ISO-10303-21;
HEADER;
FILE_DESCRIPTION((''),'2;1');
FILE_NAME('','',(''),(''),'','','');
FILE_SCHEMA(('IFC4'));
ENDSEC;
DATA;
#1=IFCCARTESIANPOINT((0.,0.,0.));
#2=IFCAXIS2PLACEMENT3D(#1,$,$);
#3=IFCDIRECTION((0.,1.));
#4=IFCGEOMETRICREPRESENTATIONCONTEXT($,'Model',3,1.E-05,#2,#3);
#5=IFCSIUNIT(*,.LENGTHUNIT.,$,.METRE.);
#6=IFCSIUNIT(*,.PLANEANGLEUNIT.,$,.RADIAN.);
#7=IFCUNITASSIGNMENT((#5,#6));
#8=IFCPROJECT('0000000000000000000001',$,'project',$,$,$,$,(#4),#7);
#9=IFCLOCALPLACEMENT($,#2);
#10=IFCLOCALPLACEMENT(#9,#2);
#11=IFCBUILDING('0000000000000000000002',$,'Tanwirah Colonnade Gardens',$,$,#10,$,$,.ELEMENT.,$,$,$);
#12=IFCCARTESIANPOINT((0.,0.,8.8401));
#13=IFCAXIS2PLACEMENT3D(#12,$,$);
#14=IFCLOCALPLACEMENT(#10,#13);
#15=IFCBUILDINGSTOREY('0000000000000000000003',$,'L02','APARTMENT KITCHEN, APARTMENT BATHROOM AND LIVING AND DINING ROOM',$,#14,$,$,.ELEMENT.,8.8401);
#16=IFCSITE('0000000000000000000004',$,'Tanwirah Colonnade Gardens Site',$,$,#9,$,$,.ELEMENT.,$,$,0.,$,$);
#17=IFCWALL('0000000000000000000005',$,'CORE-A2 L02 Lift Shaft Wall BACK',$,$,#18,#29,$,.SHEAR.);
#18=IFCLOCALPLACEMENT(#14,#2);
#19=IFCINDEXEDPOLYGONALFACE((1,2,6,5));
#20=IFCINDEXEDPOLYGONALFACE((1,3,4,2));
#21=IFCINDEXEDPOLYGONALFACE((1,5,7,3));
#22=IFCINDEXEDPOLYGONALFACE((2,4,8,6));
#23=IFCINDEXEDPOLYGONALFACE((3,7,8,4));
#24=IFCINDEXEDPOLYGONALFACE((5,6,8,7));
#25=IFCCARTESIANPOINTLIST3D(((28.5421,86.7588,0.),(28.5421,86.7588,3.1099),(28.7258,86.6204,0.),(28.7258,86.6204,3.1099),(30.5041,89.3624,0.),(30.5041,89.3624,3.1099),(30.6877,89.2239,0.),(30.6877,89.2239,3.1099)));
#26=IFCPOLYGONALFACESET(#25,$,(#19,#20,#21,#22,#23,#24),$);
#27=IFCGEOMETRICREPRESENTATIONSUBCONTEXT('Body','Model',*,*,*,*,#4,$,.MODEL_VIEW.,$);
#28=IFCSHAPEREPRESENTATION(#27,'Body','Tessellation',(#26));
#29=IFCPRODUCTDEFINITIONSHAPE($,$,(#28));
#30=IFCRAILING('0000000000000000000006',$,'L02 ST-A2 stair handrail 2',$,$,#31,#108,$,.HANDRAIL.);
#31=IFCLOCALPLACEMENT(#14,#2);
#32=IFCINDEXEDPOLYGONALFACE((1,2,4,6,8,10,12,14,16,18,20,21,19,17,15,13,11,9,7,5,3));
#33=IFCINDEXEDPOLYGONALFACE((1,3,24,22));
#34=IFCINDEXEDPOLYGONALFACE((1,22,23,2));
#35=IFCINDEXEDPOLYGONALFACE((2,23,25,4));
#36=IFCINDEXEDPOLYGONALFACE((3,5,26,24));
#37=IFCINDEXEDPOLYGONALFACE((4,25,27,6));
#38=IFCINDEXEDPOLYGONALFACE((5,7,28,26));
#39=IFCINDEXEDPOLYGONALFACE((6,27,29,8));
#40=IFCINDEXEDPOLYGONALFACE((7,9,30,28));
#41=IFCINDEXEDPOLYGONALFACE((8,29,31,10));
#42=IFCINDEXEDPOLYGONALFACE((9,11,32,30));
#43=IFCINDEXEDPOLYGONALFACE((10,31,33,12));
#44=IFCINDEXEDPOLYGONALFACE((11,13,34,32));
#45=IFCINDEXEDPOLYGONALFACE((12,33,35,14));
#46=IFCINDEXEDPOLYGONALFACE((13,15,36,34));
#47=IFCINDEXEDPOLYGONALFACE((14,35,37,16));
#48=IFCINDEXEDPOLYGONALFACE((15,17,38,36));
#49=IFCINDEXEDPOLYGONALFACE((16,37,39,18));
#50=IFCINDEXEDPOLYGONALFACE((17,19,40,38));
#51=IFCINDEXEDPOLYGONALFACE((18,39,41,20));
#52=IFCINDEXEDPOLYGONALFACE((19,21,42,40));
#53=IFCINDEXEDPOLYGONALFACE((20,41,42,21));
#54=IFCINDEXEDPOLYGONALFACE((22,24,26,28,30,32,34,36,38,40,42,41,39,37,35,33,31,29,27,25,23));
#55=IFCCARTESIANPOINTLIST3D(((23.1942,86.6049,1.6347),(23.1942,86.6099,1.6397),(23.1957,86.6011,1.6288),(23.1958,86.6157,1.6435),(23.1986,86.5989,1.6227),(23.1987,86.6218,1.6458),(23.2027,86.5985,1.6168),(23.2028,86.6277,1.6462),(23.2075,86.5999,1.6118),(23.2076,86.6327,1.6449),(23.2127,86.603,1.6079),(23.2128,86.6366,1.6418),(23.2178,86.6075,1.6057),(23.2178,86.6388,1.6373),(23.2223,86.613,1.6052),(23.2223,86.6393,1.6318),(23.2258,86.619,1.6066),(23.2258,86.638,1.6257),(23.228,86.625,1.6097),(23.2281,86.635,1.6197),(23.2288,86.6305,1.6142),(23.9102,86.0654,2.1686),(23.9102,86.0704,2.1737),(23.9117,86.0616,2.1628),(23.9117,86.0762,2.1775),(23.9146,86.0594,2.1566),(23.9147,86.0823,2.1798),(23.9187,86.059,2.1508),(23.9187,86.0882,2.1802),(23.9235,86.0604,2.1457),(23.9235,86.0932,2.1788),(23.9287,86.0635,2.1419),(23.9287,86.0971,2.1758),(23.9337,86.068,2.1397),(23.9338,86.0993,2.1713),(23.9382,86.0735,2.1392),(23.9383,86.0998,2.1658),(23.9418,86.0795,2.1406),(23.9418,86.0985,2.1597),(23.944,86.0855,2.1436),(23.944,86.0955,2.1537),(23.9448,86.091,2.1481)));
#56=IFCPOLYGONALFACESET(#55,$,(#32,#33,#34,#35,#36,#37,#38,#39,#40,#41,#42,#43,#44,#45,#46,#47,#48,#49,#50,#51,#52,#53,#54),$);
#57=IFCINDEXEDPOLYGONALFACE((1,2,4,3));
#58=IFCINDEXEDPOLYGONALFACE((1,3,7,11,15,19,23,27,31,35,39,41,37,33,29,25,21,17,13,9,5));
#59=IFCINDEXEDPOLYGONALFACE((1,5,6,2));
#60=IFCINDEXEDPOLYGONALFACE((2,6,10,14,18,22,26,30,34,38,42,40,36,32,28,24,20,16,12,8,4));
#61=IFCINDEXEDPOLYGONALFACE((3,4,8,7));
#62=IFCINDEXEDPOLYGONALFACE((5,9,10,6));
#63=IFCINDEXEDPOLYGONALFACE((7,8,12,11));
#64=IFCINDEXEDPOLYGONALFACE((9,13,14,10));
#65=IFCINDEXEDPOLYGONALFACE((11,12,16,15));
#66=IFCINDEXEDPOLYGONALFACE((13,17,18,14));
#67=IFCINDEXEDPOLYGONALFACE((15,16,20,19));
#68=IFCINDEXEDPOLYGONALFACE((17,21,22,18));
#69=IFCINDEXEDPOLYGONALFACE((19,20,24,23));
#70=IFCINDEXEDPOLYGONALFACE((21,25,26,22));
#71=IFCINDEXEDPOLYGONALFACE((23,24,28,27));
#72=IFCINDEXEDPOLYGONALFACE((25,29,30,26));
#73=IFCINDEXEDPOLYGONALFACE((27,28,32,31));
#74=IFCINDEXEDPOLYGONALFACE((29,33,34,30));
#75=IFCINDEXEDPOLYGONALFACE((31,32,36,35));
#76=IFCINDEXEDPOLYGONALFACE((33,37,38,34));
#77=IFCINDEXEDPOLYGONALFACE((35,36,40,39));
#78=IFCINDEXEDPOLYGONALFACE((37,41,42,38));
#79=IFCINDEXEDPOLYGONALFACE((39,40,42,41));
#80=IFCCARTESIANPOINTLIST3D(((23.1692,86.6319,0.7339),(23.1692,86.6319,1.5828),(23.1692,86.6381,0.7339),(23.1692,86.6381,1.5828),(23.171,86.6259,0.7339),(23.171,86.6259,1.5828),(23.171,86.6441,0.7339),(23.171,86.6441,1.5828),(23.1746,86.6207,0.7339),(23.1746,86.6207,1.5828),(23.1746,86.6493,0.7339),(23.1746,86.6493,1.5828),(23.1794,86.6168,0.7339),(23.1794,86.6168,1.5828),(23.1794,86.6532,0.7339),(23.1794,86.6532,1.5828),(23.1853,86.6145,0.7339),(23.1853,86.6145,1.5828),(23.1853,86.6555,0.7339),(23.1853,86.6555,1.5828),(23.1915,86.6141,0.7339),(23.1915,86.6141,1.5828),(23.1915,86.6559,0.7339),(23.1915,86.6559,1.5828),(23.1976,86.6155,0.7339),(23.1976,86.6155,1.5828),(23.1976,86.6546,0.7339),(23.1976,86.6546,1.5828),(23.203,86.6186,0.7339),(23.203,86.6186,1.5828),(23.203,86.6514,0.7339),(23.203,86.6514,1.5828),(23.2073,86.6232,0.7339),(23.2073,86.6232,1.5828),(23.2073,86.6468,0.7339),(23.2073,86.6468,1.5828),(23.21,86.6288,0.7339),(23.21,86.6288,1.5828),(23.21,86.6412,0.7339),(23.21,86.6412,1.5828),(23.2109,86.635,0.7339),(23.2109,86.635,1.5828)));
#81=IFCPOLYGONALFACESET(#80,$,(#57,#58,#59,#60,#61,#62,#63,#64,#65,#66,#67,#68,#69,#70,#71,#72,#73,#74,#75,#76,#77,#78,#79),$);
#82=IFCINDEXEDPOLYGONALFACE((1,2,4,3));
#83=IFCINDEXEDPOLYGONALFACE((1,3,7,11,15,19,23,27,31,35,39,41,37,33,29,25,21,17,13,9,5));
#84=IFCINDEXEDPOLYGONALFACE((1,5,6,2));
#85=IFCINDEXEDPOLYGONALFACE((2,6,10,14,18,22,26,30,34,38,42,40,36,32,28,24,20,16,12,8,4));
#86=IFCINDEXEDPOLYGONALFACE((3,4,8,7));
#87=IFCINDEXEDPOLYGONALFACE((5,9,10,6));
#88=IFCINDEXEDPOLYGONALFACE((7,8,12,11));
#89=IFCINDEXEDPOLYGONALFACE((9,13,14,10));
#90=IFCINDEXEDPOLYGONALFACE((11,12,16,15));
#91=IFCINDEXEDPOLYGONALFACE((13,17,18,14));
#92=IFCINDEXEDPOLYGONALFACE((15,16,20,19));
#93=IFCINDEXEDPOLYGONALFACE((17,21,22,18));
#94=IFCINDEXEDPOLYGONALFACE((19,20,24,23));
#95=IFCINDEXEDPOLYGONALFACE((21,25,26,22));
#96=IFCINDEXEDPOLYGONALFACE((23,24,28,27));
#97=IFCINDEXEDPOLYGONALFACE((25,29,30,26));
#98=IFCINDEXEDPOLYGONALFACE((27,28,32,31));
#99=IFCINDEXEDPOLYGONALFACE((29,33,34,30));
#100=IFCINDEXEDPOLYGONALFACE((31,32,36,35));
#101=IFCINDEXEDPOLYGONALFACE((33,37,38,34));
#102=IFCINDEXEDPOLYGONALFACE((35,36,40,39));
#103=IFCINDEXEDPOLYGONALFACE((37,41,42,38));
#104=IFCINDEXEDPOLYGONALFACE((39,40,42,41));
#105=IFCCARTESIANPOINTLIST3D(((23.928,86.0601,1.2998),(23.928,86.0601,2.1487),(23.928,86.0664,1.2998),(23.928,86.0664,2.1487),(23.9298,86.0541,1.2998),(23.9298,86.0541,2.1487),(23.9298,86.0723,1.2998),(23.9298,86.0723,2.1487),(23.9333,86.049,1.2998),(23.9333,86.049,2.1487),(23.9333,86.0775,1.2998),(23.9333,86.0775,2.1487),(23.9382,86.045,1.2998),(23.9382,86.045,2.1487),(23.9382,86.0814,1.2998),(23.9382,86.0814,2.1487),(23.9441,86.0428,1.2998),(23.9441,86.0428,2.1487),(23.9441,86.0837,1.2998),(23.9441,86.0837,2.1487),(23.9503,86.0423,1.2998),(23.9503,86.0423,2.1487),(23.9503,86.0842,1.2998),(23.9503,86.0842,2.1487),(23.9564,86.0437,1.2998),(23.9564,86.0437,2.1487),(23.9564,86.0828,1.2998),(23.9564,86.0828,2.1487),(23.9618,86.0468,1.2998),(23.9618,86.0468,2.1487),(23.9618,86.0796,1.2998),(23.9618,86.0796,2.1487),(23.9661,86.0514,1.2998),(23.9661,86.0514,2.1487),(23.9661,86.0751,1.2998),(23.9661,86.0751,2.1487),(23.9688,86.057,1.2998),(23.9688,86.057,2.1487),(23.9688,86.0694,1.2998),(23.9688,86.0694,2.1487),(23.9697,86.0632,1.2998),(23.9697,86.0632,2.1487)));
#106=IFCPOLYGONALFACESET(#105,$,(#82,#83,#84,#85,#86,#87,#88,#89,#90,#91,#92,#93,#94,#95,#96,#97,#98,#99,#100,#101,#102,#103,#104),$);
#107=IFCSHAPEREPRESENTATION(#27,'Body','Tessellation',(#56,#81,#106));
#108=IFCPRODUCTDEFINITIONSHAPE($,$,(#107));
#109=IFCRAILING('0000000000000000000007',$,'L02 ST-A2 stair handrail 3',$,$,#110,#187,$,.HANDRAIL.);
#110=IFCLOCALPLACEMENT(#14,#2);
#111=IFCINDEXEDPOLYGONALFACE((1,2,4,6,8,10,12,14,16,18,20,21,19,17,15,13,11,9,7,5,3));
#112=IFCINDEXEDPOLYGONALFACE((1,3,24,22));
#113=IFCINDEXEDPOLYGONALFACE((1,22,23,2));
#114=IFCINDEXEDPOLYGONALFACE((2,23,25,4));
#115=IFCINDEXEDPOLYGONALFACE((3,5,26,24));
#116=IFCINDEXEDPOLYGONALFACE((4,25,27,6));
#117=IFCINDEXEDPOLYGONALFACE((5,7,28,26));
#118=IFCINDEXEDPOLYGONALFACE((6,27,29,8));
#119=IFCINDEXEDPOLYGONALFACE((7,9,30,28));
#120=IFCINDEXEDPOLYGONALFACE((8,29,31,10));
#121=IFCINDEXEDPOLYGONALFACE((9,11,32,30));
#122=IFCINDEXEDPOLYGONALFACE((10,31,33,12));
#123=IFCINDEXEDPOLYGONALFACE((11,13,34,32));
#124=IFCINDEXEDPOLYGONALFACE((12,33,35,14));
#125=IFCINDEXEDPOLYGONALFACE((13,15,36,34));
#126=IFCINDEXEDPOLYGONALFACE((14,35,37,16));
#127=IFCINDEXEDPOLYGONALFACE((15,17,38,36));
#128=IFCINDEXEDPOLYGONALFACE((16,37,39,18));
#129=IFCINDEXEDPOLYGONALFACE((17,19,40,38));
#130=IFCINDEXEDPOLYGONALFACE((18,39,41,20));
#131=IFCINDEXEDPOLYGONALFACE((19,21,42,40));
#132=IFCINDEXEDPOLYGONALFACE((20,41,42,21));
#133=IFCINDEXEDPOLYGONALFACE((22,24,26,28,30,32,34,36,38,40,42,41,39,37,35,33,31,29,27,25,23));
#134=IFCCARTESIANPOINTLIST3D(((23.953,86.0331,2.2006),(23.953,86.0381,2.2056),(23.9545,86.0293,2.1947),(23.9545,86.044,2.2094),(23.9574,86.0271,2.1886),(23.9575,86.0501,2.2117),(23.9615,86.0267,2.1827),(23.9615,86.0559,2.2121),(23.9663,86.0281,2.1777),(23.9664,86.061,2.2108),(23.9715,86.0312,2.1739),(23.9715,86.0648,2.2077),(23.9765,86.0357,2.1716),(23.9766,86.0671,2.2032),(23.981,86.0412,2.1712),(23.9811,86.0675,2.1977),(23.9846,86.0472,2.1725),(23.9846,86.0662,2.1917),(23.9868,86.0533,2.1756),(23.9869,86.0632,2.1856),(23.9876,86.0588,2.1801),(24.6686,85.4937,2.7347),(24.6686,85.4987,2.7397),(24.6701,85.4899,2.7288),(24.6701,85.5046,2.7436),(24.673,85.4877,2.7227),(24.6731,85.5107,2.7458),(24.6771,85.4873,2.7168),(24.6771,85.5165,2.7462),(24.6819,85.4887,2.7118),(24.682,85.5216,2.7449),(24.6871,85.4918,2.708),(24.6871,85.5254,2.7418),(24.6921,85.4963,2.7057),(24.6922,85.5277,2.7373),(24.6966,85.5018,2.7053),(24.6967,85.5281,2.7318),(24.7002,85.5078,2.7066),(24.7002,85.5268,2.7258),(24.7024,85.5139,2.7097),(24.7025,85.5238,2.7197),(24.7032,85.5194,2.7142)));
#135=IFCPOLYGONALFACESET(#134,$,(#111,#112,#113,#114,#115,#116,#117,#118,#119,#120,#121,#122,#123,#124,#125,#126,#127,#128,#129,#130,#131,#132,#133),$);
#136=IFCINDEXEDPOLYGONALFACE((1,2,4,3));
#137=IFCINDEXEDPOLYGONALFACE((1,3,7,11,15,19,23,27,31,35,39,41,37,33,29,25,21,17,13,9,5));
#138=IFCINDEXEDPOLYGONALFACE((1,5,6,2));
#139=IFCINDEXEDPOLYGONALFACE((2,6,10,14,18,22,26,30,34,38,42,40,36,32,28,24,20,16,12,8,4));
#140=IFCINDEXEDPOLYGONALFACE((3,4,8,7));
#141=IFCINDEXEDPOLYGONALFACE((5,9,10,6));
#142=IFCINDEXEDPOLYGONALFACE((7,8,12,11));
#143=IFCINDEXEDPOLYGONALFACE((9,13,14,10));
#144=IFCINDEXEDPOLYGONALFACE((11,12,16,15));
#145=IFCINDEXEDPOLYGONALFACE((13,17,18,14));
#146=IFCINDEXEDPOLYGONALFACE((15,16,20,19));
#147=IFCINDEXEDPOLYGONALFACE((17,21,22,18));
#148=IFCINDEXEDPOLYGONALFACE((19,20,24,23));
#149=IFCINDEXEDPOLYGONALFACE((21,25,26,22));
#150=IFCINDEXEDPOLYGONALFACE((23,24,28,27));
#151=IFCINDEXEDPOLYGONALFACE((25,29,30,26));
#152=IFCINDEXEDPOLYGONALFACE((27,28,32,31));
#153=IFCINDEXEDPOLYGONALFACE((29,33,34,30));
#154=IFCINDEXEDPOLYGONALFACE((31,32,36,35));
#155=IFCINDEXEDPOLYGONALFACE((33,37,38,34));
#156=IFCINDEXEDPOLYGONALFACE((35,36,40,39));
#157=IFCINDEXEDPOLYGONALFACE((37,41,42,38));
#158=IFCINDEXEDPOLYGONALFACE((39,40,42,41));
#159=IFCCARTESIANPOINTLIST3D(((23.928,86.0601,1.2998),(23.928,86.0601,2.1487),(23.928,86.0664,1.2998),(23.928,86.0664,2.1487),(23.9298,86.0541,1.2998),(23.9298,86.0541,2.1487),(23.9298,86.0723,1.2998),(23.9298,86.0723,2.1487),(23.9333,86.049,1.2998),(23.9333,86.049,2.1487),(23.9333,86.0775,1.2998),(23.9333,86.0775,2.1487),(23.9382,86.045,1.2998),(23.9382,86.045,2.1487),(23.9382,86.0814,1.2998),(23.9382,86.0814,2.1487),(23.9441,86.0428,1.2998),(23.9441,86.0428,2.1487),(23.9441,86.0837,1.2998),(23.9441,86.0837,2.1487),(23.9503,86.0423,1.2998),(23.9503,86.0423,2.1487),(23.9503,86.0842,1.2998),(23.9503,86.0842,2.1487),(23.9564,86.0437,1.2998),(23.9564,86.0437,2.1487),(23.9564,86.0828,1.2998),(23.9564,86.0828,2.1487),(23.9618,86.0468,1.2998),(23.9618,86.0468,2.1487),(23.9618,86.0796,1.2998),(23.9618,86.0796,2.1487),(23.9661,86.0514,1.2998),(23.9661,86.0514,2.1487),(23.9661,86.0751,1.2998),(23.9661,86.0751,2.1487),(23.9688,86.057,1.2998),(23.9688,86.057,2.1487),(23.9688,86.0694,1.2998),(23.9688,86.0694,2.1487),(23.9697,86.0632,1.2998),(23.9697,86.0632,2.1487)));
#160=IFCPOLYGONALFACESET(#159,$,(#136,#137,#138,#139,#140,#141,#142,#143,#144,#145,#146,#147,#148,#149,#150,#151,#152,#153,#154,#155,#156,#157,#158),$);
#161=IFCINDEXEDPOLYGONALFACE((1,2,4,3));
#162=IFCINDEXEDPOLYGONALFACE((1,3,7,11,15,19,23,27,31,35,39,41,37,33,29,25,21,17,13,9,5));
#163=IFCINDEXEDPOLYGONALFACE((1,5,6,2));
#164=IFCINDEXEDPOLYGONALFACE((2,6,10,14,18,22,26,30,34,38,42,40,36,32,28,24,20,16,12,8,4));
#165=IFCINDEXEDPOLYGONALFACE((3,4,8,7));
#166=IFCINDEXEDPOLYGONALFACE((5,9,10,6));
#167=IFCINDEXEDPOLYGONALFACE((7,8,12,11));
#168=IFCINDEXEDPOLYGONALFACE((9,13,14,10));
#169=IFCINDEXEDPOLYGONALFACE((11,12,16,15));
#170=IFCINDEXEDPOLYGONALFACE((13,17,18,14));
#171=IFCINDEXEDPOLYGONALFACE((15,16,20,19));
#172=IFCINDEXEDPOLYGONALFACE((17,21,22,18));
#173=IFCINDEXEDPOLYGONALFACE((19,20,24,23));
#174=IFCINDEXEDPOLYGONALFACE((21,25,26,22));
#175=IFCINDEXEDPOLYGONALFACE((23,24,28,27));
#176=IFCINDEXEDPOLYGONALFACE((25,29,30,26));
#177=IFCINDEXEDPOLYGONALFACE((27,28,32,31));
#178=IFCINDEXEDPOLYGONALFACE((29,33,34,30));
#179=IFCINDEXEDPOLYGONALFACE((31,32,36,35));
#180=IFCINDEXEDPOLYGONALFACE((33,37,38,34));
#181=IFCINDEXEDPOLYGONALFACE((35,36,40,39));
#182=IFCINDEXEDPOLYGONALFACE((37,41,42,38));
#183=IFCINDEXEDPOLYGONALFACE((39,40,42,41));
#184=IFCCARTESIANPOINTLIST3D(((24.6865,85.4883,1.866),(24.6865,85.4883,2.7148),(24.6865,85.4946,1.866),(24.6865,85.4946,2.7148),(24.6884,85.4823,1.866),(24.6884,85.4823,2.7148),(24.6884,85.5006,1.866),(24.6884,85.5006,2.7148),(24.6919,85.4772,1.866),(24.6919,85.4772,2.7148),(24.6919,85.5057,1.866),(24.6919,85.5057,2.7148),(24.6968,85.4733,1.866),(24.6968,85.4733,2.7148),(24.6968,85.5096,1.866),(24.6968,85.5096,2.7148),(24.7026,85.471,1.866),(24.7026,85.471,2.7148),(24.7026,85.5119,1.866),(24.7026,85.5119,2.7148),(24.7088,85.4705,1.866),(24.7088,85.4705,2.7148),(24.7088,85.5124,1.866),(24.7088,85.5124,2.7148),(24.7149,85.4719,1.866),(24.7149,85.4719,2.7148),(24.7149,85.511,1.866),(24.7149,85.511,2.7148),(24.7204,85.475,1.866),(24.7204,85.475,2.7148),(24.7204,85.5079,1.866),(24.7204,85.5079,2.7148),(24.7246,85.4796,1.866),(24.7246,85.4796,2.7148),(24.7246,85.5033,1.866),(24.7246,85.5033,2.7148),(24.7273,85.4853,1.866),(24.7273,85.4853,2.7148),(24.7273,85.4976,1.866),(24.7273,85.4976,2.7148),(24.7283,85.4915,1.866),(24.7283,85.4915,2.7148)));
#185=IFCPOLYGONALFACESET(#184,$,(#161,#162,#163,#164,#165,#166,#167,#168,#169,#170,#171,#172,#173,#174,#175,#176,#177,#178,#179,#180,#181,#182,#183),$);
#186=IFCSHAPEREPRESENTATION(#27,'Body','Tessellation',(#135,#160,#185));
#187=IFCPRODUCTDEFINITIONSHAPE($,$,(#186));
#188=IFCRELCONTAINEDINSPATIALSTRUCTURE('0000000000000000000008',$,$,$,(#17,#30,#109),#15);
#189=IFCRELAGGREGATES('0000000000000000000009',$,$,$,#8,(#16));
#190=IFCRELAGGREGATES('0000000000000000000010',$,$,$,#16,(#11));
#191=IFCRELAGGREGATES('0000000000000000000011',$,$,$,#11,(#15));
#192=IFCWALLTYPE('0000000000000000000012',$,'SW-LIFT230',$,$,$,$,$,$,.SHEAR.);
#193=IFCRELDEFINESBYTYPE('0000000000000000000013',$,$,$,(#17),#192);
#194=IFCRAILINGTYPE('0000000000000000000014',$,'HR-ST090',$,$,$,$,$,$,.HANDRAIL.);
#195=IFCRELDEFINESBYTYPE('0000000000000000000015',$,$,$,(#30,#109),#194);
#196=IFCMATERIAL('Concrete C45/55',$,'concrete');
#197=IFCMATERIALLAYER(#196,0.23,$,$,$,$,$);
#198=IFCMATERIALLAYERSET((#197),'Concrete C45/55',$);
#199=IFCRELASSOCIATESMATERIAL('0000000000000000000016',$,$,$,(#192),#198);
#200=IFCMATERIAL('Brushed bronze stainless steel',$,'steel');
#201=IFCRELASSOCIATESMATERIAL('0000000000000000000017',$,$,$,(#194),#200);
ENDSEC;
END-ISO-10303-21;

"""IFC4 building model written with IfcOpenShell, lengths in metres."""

from ifc_helpers import new_model, si_unit, direction, frame, frame_2d, origin, origin_2d, place, context, subcontext, project, spatial, rectangle, circle, extrude, material, layer, layer_set, type_object, element, save


model = new_model("IFC4")

# Units and contexts
model_context = context("Model", 3, precision=1e-05, world=origin(), true_north=direction((0.0, 1.0)))
body_context = subcontext(model_context, "Body", "Model", "MODEL_VIEW")
ifc_project = project(units=[si_unit("LENGTHUNIT", "METRE"), si_unit("PLANEANGLEUNIT", "RADIAN")], contexts=[model_context])

# Site, building, storey
site_placement = place(None, origin())
site = spatial("IfcSite", under=ifc_project, at=site_placement, Name="Tanwirah Colonnade Gardens Site", CompositionType="ELEMENT", RefElevation=0.0)
building_placement = place(site_placement, origin())
building = spatial("IfcBuilding", under=site, at=building_placement, Name="Tanwirah Colonnade Gardens", CompositionType="ELEMENT")
storey_placement = place(building_placement, frame((0.0, 0.0, 8.8401)))
storey = spatial("IfcBuildingStorey", under=building, at=storey_placement, Name="L02", Description="APARTMENT KITCHEN, APARTMENT BATHROOM AND LIVING AND DINING ROOM", CompositionType="ELEMENT", Elevation=8.8401)

# Wall
ifc_material_1 = material(Name="Concrete C45/55", Category="concrete")
ifc_layer_1 = layer(ifc_material_1, 0.23)
ifc_layer_set_1 = layer_set([ifc_layer_1], Name="Concrete C45/55")
wall_type_1 = type_object("IfcWallType", Name="SW-LIFT230", PredefinedType="SHEAR", material=ifc_layer_set_1)
wall_1_placement = place(storey_placement, frame((28.634, 86.6897, 0.0), z_axis=(0.0, 0.0, 1.0), x_axis=(0.60182, 0.798632, 0.0)))
element("IfcWall", 1, at=wall_1_placement, inside=storey, type_object=wall_type_1, Name="CORE-A2 L02 Lift Shaft Wall BACK", PredefinedType="SHEAR", context=body_context, shape_type="SweptSolid", body=[
    extrude(rectangle(XDim=3.26, YDim=0.23, at=frame_2d((1.6299, 0.0))), origin(), (0.0, 0.0, 1.0), 3.1099),
])

# Railings
ifc_material_2 = material(Name="Brushed bronze stainless steel", Category="steel")
railing_type_1 = type_object("IfcRailingType", Name="HR-ST090", PredefinedType="HANDRAIL", material=ifc_material_2)
railing_1_placement = place(storey_placement, frame((23.1899, 86.635, 0.7339)))
element("IfcRailing", 2, at=railing_1_placement, inside=storey, type_object=railing_type_1, Name="L02 ST-A2 stair handrail 2", PredefinedType="HANDRAIL", context=body_context, shape_type="SweptSolid", body=[
    extrude(circle(Radius=0.0239, at=origin_2d()), frame((0.0215, -0.0161, 0.8918), z_axis=(0.686145, -0.517037, 0.511739), x_axis=(0.601807, 0.798641, 0.0)), (0.0, 0.0, 1.0), 1.0435),
    extrude(circle(Radius=0.021, at=origin_2d()), origin(), (0.0, 0.0, 1.0), 0.8489),
    extrude(circle(Radius=0.021, at=origin_2d()), frame((0.7588, -0.5718, 0.5659)), (0.0, 0.0, 1.0), 0.8489),
])
railing_2_placement = place(storey_placement, frame((23.9487, 86.0632, 1.2998)))
element("IfcRailing", 3, at=railing_2_placement, inside=storey, type_object=railing_type_1, Name="L02 ST-A2 stair handrail 3", PredefinedType="HANDRAIL", context=body_context, shape_type="SweptSolid", body=[
    extrude(circle(Radius=0.0239, at=origin_2d()), frame((0.0215, -0.0161, 0.8918), z_axis=(0.685951, -0.517057, 0.511979), x_axis=(0.601931, 0.798548, 0.0)), (0.0, 0.0, 1.0), 1.0432),
    extrude(circle(Radius=0.021, at=origin_2d()), origin(), (0.0, 0.0, 1.0), 0.8489),
    extrude(circle(Radius=0.021, at=origin_2d()), frame((0.7585, -0.5718, 0.5662)), (0.0, 0.0, 1.0), 0.8489),
])

save(model, "model.ifc")
